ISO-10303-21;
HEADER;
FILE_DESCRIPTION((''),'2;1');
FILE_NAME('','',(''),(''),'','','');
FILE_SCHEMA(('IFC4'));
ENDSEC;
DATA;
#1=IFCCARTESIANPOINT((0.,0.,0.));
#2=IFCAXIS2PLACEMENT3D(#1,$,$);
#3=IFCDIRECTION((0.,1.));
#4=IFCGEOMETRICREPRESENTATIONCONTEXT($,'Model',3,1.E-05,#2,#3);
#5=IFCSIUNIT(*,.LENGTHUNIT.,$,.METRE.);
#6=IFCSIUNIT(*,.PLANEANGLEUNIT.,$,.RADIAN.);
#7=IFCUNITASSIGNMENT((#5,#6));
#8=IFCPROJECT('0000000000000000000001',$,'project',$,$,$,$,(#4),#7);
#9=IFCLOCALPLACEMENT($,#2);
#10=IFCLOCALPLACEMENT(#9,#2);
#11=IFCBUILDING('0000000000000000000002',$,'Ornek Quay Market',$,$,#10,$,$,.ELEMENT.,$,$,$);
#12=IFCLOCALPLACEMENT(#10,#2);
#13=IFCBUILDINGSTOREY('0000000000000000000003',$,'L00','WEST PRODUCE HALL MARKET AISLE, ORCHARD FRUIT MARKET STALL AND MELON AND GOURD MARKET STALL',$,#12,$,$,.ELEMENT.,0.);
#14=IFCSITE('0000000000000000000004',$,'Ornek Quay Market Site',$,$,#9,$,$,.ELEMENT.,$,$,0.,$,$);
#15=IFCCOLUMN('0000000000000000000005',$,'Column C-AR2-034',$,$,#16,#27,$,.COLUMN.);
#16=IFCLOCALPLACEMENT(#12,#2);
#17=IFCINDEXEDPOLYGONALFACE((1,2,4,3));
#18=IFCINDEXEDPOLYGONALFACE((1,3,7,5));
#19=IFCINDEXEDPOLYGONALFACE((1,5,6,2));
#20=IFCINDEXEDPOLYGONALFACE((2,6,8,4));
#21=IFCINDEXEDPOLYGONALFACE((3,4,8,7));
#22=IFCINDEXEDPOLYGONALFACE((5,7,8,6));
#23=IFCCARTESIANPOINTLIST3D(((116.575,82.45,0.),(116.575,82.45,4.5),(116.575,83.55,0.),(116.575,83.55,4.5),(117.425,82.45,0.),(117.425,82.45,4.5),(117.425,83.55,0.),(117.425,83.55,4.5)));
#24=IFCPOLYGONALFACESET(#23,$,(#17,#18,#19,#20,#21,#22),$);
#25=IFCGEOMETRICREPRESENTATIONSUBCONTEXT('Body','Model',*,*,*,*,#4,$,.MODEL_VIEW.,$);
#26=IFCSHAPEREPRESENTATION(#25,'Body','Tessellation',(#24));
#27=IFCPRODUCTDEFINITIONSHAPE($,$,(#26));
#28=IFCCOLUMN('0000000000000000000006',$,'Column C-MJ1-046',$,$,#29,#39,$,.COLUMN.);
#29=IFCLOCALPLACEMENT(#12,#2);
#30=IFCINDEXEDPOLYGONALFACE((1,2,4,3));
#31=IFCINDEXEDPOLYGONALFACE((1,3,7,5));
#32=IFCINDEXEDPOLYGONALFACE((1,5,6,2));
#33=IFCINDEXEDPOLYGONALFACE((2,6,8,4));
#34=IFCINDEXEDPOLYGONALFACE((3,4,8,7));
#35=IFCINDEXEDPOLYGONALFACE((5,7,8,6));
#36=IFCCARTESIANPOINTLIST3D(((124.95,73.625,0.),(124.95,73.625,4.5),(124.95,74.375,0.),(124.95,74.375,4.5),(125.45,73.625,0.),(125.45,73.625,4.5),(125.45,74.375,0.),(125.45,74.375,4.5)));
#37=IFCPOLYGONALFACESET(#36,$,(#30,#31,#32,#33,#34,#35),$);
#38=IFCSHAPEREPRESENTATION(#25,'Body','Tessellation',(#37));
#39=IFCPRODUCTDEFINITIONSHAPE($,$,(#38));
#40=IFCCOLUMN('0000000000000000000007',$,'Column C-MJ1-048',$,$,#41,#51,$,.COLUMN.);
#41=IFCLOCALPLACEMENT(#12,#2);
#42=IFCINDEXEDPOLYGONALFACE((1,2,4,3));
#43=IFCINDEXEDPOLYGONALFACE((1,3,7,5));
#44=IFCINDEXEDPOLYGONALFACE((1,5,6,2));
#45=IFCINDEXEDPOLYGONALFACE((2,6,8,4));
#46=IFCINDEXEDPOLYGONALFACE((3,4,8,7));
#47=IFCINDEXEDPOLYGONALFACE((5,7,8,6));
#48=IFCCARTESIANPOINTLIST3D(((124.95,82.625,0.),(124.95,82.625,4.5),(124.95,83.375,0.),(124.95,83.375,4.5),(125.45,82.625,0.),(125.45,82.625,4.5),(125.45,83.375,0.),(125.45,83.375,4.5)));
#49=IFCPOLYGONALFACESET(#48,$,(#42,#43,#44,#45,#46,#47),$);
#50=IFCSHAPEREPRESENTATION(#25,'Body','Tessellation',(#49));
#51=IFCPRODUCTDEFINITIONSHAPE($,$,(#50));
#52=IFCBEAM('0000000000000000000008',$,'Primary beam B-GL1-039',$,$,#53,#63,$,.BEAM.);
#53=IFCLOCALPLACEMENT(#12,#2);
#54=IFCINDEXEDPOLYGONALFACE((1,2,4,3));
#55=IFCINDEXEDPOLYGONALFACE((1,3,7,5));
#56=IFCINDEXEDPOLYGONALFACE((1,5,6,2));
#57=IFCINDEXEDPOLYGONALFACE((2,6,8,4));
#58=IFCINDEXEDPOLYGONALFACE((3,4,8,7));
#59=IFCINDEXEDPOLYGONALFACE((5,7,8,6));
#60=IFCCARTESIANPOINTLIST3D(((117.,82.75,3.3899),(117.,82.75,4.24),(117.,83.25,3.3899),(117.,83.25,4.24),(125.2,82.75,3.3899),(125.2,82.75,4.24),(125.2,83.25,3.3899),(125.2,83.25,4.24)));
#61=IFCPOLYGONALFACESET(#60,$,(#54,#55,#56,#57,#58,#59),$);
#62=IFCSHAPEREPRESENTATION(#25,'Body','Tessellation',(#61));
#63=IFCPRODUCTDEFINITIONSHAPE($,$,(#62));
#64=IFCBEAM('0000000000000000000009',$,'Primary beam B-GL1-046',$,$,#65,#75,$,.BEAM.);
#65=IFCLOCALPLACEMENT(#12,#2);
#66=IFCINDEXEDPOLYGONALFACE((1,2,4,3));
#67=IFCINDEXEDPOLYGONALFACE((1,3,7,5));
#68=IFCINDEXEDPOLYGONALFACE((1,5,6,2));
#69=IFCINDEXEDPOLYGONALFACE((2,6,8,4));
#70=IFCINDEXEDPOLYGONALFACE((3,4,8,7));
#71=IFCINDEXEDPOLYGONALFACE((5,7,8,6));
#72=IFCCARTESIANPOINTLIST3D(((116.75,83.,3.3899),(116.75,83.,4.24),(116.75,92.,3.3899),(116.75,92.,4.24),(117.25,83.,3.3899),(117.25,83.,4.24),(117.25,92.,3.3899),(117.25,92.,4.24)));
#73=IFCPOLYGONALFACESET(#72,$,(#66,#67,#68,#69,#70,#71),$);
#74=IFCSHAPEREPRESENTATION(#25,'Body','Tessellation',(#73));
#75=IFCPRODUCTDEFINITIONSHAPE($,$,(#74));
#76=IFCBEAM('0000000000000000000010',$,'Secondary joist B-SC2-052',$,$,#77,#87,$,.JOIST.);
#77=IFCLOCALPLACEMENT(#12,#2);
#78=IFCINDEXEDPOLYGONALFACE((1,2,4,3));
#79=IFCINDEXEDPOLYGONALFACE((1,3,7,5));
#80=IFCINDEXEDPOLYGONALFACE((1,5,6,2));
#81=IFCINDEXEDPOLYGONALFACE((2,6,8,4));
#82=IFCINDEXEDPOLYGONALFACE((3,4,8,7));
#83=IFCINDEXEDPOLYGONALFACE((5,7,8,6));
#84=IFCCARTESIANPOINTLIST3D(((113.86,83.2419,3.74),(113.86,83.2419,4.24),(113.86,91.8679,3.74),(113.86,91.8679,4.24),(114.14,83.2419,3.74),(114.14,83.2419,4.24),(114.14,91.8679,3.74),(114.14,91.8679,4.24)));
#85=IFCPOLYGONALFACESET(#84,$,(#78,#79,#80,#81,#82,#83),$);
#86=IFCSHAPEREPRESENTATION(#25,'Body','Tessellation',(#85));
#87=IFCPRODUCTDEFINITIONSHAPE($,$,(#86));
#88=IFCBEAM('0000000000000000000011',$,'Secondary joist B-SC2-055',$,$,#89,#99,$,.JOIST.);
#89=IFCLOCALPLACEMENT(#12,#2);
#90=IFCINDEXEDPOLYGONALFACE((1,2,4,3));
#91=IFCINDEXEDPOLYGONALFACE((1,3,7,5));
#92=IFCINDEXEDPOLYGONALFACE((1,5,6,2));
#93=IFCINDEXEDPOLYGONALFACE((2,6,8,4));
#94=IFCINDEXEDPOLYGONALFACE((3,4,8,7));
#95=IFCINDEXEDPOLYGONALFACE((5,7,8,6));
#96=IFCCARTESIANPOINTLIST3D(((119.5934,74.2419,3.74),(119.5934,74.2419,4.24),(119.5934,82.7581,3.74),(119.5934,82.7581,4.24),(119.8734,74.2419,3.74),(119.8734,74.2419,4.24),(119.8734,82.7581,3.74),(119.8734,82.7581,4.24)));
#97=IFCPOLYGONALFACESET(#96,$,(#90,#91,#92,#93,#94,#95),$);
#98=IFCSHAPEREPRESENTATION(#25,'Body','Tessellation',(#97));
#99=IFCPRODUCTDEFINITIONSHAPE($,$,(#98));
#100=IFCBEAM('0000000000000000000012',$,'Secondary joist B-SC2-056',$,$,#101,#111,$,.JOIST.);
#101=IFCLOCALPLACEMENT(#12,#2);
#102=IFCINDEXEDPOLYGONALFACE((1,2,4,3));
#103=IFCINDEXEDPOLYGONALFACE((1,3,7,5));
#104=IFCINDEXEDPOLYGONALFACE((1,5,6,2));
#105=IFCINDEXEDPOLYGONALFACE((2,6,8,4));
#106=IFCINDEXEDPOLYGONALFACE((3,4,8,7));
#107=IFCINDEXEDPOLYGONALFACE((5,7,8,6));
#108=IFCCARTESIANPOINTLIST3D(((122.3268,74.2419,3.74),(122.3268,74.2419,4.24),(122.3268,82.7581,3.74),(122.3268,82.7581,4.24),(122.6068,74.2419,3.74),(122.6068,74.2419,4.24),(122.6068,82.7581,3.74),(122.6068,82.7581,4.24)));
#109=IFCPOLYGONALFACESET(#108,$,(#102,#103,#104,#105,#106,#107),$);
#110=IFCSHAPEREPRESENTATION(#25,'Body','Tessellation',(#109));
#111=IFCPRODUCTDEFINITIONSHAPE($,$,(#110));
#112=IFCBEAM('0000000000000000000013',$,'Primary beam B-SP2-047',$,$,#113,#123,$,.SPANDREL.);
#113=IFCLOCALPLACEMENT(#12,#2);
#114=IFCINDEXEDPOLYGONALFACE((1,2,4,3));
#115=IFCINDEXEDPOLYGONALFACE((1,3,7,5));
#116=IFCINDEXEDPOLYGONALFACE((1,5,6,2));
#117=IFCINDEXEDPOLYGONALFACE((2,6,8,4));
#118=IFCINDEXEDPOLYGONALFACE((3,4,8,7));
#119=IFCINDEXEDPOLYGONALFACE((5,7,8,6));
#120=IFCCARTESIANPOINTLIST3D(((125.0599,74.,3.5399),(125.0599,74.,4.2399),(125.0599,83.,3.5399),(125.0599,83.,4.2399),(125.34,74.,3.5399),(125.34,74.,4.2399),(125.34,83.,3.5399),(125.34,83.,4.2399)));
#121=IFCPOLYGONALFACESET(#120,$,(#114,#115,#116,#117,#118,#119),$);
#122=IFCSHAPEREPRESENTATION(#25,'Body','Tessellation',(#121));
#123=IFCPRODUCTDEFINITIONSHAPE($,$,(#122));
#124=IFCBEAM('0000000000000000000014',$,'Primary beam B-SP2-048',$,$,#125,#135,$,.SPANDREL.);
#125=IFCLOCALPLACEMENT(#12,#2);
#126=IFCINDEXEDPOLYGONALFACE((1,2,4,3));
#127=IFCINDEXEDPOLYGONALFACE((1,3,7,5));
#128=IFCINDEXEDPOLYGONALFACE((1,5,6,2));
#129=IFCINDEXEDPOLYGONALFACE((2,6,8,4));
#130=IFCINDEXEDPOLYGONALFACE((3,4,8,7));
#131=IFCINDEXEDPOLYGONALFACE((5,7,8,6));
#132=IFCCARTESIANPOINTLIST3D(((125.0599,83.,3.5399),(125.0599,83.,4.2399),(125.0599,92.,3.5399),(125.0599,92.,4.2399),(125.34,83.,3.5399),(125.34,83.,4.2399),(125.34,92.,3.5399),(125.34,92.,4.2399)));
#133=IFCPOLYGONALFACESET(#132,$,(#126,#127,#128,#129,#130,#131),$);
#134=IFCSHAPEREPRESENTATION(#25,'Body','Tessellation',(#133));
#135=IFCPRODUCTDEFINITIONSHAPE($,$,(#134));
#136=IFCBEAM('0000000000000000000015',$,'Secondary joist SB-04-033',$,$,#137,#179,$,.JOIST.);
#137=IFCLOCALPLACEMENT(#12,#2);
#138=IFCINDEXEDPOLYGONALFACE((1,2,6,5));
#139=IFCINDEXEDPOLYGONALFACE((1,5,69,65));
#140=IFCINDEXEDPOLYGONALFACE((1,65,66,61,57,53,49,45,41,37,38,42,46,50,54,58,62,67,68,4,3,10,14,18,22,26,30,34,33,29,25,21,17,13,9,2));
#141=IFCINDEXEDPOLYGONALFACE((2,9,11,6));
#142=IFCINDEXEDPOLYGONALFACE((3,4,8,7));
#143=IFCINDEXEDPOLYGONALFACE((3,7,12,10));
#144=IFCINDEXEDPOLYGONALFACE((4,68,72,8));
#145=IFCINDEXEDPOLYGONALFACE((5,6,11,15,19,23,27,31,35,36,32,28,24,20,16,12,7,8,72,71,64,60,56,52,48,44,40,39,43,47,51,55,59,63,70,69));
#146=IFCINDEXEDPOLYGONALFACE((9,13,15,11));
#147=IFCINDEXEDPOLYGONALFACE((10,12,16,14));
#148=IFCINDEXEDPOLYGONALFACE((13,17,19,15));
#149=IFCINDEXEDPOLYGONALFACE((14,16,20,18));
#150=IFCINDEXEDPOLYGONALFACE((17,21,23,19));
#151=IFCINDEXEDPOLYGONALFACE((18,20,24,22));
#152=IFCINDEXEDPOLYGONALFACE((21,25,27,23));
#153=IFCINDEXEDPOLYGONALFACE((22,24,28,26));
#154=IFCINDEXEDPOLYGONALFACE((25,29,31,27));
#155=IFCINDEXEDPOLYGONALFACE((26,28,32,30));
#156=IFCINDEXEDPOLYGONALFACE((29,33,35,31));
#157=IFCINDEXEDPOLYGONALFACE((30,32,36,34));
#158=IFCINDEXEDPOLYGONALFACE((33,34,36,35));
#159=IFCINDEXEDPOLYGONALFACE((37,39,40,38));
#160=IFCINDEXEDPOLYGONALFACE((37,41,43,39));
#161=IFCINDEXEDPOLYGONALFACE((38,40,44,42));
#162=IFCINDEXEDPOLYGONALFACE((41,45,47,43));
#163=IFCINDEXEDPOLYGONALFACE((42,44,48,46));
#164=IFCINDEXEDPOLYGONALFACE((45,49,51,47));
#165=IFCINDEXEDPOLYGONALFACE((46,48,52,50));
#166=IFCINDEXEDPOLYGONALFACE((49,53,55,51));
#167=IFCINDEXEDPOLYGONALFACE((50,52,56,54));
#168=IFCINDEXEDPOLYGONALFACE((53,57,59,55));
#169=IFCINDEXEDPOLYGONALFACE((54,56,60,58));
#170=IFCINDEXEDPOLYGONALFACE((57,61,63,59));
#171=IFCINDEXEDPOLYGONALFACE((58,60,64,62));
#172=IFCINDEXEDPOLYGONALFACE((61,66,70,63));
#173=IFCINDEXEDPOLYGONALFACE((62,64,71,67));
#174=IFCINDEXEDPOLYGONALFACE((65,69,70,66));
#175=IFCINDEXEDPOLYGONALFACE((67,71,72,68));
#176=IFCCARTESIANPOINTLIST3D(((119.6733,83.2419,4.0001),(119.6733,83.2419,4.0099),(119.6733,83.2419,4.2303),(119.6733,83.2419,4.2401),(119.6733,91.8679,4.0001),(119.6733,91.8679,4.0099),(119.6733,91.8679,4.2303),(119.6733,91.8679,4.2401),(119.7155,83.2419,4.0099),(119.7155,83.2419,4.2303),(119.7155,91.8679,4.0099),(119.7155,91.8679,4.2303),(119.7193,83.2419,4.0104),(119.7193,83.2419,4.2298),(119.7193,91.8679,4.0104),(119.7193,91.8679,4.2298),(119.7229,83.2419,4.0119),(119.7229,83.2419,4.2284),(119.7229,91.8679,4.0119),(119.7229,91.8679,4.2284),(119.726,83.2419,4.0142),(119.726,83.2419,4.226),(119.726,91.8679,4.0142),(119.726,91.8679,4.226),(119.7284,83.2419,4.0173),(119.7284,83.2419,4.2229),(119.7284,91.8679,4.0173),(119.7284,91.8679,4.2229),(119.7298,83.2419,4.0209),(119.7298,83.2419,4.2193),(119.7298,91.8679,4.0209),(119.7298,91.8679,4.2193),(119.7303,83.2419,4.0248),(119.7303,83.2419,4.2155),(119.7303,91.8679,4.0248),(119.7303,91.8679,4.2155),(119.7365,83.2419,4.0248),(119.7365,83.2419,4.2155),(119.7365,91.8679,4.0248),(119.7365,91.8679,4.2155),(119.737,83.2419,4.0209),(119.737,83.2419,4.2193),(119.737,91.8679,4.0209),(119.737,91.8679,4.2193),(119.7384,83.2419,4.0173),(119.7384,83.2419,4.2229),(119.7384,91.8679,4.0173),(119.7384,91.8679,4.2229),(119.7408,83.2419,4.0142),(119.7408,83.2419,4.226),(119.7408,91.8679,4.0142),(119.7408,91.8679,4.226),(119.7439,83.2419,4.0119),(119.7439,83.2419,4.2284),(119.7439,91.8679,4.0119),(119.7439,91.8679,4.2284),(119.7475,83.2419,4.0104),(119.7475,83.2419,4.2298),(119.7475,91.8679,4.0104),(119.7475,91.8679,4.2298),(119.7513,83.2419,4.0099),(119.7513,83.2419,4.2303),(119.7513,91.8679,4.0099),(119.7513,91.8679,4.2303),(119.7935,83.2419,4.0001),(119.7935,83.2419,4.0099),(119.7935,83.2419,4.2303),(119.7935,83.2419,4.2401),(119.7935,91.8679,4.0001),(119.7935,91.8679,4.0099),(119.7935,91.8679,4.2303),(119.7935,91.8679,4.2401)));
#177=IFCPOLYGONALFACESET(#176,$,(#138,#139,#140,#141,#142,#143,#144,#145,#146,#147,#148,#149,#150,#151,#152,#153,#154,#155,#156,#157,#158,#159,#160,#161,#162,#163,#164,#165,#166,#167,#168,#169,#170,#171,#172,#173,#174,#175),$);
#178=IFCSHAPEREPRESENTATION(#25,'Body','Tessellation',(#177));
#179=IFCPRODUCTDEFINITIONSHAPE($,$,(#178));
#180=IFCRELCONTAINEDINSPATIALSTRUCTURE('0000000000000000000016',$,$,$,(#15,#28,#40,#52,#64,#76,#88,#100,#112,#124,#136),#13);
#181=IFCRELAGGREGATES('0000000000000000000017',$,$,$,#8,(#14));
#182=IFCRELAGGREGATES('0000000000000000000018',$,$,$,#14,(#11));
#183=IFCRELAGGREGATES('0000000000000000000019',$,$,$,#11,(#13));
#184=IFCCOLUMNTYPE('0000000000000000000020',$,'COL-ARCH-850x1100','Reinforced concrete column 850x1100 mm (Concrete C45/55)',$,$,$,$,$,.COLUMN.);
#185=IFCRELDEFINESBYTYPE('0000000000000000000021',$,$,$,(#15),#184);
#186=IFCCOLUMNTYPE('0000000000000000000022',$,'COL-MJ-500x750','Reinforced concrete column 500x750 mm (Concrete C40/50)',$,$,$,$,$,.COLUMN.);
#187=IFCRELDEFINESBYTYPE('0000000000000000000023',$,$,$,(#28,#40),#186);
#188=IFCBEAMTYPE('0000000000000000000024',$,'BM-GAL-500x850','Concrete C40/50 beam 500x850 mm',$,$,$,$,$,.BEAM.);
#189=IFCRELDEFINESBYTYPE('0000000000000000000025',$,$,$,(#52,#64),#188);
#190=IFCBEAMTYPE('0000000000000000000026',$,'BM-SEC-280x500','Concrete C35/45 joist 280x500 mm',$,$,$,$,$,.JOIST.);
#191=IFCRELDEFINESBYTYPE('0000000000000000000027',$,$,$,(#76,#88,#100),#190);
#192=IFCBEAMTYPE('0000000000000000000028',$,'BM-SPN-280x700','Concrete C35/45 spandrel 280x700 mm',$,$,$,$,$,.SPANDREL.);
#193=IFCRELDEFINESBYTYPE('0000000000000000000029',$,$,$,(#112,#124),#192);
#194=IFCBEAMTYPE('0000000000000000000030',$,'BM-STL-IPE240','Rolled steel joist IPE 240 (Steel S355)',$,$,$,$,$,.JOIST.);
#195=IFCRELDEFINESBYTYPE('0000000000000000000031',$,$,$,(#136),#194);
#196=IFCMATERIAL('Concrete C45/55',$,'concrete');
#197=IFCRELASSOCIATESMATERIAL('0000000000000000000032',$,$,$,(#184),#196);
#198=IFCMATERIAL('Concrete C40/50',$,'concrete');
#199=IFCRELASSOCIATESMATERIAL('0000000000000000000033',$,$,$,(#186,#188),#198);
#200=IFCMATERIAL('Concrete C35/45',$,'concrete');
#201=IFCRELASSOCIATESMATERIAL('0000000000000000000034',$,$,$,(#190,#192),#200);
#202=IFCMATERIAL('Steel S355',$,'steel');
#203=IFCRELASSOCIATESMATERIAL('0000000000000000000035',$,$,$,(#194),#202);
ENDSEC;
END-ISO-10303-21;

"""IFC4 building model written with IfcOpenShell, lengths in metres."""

from ifc_helpers import new_model, si_unit, direction, frame, origin, origin_2d, place, context, subcontext, project, spatial, rectangle, i_section, extrude, material, material_profile, profile_set, type_object, element, save


model = new_model("IFC4")

# Units and contexts
model_context = context("Model", 3, precision=1e-05, world=origin(), true_north=direction((0.0, 1.0)))
body_context = subcontext(model_context, "Body", "Model", "MODEL_VIEW")
ifc_project = project(units=[si_unit("LENGTHUNIT", "METRE"), si_unit("PLANEANGLEUNIT", "RADIAN")], contexts=[model_context])

# Site, building, storey
site_placement = place(None, origin())
site = spatial("IfcSite", under=ifc_project, at=site_placement, Name="Ornek Quay Market Site", CompositionType="ELEMENT", RefElevation=0.0)
building_placement = place(site_placement, origin())
building = spatial("IfcBuilding", under=site, at=building_placement, Name="Ornek Quay Market", CompositionType="ELEMENT")
storey_placement = place(building_placement, origin())
storey = spatial("IfcBuildingStorey", under=building, at=storey_placement, Name="L00", Description="WEST PRODUCE HALL MARKET AISLE, ORCHARD FRUIT MARKET STALL AND MELON AND GOURD MARKET STALL", CompositionType="ELEMENT", Elevation=0.0)

# Columns
ifc_material_1 = material(Name="Concrete C45/55", Category="concrete")
ifc_material_profile_1 = material_profile(ifc_material_1, rectangle(XDim=0.8501, YDim=1.1001, at=origin_2d()), Name="RC 850x1100", Category="concrete")
ifc_profile_set_1 = profile_set([ifc_material_profile_1], Name="Concrete C45/55")
column_type_1 = type_object("IfcColumnType", Name="COL-ARCH-850x1100", Description="Reinforced concrete column 850x1100 mm (Concrete C45/55)", PredefinedType="COLUMN", material=ifc_profile_set_1)
column_placement = place(storey_placement, frame((117.0, 83.0, 0.0), z_axis=(0.0, 0.0, 1.0), x_axis=(1.0, 0.0, 0.0)))
element("IfcColumn", 1, at=column_placement, inside=storey, type_object=column_type_1, Name="Column C-AR2-034", PredefinedType="COLUMN", context=body_context, shape_type="SweptSolid", body=[
    extrude(rectangle(XDim=0.8501, YDim=1.1001, at=origin_2d()), origin(), (0.0, 0.0, 1.0), 4.5),
])
ifc_material_2 = material(Name="Concrete C40/50", Category="concrete")
ifc_material_profile_2 = material_profile(ifc_material_2, rectangle(XDim=0.5, YDim=0.75, at=origin_2d()), Name="RC 500x750", Category="concrete")
ifc_profile_set_2 = profile_set([ifc_material_profile_2], Name="Concrete C40/50")
column_type_2 = type_object("IfcColumnType", Name="COL-MJ-500x750", Description="Reinforced concrete column 500x750 mm (Concrete C40/50)", PredefinedType="COLUMN", material=ifc_profile_set_2)
for number, where, z_axis, x_axis, name in (
    (2, (125.2, 74.0, 0.0), (0.0, 0.0, 1.0), (1.0, 0.0, 0.0), "Column C-MJ1-046"),
    (3, (125.2, 83.0, 0.0), (0.0, 0.0, 1.0), (1.0, 0.0, 0.0), "Column C-MJ1-048"),
):
    element("IfcColumn", number, at=place(storey_placement, frame(where, z_axis=z_axis, x_axis=x_axis)), inside=storey, type_object=column_type_2, Name=name, PredefinedType="COLUMN", context=body_context, shape_type="SweptSolid", body=[
        extrude(rectangle(XDim=0.5, YDim=0.75, at=origin_2d()), origin(), (0.0, 0.0, 1.0), 4.5),
    ])

# Beams
ifc_material_profile_3 = material_profile(ifc_material_2, rectangle(XDim=0.5, YDim=0.8501, at=origin_2d()), Name="RC 500x850", Category="concrete")
ifc_profile_set_3 = profile_set([ifc_material_profile_3], Name="Concrete C40/50")
beam_type_1 = type_object("IfcBeamType", Name="BM-GAL-500x850", Description="Concrete C40/50 beam 500x850 mm", PredefinedType="BEAM", material=ifc_profile_set_3)
beam_1_placement = place(storey_placement, frame((117.0, 83.0, 3.8149), z_axis=(1.0, 0.0, 0.0), x_axis=(0.0, 1.0, 0.0)))
element("IfcBeam", 4, at=beam_1_placement, inside=storey, type_object=beam_type_1, Name="Primary beam B-GL1-039", PredefinedType="BEAM", context=body_context, shape_type="SweptSolid", body=[
    extrude(rectangle(XDim=0.5, YDim=0.8501, at=origin_2d()), origin(), (0.0, 0.0, 1.0), 8.2),
])
beam_2_placement = place(storey_placement, frame((117.0, 83.0, 3.8149), z_axis=(0.0, 1.0, 0.0), x_axis=(-1.0, 0.0, 0.0)))
element("IfcBeam", 5, at=beam_2_placement, inside=storey, type_object=beam_type_1, Name="Primary beam B-GL1-046", PredefinedType="BEAM", context=body_context, shape_type="SweptSolid", body=[
    extrude(rectangle(XDim=0.5, YDim=0.8501, at=origin_2d()), origin(), (0.0, 0.0, 1.0), 9.0),
])
ifc_material_3 = material(Name="Concrete C35/45", Category="concrete")
ifc_material_profile_4 = material_profile(ifc_material_3, rectangle(XDim=0.28, YDim=0.5, at=origin_2d()), Name="RC 280x500", Category="concrete")
ifc_profile_set_4 = profile_set([ifc_material_profile_4], Name="Concrete C35/45")
beam_type_2 = type_object("IfcBeamType", Name="BM-SEC-280x500", Description="Concrete C35/45 joist 280x500 mm", PredefinedType="JOIST", material=ifc_profile_set_4)
beam_3_placement = place(storey_placement, frame((114.0, 83.2419, 3.99), z_axis=(0.0, 1.0, 0.0), x_axis=(-1.0, 0.0, 0.0)))
element("IfcBeam", 6, at=beam_3_placement, inside=storey, type_object=beam_type_2, Name="Secondary joist B-SC2-052", PredefinedType="JOIST", context=body_context, shape_type="SweptSolid", body=[
    extrude(rectangle(XDim=0.28, YDim=0.5, at=origin_2d()), origin(), (0.0, 0.0, 1.0), 8.626),
])
for number, where, z_axis, x_axis, name in (
    (7, (119.7334, 74.2419, 3.99), (0.0, 1.0, 0.0), (-1.0, 0.0, 0.0), "Secondary joist B-SC2-055"),
    (8, (122.4668, 74.2419, 3.99), (0.0, 1.0, 0.0), (-1.0, 0.0, 0.0), "Secondary joist B-SC2-056"),
):
    element("IfcBeam", number, at=place(storey_placement, frame(where, z_axis=z_axis, x_axis=x_axis)), inside=storey, type_object=beam_type_2, Name=name, PredefinedType="JOIST", context=body_context, shape_type="SweptSolid", body=[
        extrude(rectangle(XDim=0.28, YDim=0.5, at=origin_2d()), origin(), (0.0, 0.0, 1.0), 8.5161),
    ])
ifc_material_profile_5 = material_profile(ifc_material_3, rectangle(XDim=0.28, YDim=0.7, at=origin_2d()), Name="RC 280x700", Category="concrete")
ifc_profile_set_5 = profile_set([ifc_material_profile_5], Name="Concrete C35/45")
beam_type_3 = type_object("IfcBeamType", Name="BM-SPN-280x700", Description="Concrete C35/45 spandrel 280x700 mm", PredefinedType="SPANDREL", material=ifc_profile_set_5)
for number, where, z_axis, x_axis, name in (
    (9, (125.2, 74.0, 3.8899), (0.0, 1.0, 0.0), (-1.0, 0.0, 0.0), "Primary beam B-SP2-047"),
    (10, (125.2, 83.0, 3.8899), (0.0, 1.0, 0.0), (-1.0, 0.0, 0.0), "Primary beam B-SP2-048"),
):
    element("IfcBeam", number, at=place(storey_placement, frame(where, z_axis=z_axis, x_axis=x_axis)), inside=storey, type_object=beam_type_3, Name=name, PredefinedType="SPANDREL", context=body_context, shape_type="SweptSolid", body=[
        extrude(rectangle(XDim=0.28, YDim=0.7, at=origin_2d()), origin(), (0.0, 0.0, 1.0), 9.0),
    ])
ifc_material_4 = material(Name="Steel S355", Category="steel")
ifc_material_profile_6 = material_profile(ifc_material_4, i_section(OverallWidth=0.1201, OverallDepth=0.24, WebThickness=0.0061, FlangeThickness=0.0098, FilletRadius=0.0149, at=origin_2d()), Name="IPE 240", Category="steel")
ifc_profile_set_6 = profile_set([ifc_material_profile_6], Name="Steel S355")
beam_type_4 = type_object("IfcBeamType", Name="BM-STL-IPE240", Description="Rolled steel joist IPE 240 (Steel S355)", PredefinedType="JOIST", material=ifc_profile_set_6)
for number, where, z_axis, x_axis, name in (
    (11, (119.7334, 83.2419, 4.1201), (0.0, 1.0, 0.0), (-1.0, 0.0, 0.0), "Secondary joist SB-04-033"),
):
    element("IfcBeam", number, at=place(storey_placement, frame(where, z_axis=z_axis, x_axis=x_axis)), inside=storey, type_object=beam_type_4, Name=name, PredefinedType="JOIST", context=body_context, shape_type="SweptSolid", body=[
        extrude(i_section(OverallWidth=0.1201, OverallDepth=0.24, WebThickness=0.0061, FlangeThickness=0.0098, FilletRadius=0.0149, at=origin_2d()), origin(), (0.0, 0.0, 1.0), 8.626),
    ])

save(model, "model.ifc")
